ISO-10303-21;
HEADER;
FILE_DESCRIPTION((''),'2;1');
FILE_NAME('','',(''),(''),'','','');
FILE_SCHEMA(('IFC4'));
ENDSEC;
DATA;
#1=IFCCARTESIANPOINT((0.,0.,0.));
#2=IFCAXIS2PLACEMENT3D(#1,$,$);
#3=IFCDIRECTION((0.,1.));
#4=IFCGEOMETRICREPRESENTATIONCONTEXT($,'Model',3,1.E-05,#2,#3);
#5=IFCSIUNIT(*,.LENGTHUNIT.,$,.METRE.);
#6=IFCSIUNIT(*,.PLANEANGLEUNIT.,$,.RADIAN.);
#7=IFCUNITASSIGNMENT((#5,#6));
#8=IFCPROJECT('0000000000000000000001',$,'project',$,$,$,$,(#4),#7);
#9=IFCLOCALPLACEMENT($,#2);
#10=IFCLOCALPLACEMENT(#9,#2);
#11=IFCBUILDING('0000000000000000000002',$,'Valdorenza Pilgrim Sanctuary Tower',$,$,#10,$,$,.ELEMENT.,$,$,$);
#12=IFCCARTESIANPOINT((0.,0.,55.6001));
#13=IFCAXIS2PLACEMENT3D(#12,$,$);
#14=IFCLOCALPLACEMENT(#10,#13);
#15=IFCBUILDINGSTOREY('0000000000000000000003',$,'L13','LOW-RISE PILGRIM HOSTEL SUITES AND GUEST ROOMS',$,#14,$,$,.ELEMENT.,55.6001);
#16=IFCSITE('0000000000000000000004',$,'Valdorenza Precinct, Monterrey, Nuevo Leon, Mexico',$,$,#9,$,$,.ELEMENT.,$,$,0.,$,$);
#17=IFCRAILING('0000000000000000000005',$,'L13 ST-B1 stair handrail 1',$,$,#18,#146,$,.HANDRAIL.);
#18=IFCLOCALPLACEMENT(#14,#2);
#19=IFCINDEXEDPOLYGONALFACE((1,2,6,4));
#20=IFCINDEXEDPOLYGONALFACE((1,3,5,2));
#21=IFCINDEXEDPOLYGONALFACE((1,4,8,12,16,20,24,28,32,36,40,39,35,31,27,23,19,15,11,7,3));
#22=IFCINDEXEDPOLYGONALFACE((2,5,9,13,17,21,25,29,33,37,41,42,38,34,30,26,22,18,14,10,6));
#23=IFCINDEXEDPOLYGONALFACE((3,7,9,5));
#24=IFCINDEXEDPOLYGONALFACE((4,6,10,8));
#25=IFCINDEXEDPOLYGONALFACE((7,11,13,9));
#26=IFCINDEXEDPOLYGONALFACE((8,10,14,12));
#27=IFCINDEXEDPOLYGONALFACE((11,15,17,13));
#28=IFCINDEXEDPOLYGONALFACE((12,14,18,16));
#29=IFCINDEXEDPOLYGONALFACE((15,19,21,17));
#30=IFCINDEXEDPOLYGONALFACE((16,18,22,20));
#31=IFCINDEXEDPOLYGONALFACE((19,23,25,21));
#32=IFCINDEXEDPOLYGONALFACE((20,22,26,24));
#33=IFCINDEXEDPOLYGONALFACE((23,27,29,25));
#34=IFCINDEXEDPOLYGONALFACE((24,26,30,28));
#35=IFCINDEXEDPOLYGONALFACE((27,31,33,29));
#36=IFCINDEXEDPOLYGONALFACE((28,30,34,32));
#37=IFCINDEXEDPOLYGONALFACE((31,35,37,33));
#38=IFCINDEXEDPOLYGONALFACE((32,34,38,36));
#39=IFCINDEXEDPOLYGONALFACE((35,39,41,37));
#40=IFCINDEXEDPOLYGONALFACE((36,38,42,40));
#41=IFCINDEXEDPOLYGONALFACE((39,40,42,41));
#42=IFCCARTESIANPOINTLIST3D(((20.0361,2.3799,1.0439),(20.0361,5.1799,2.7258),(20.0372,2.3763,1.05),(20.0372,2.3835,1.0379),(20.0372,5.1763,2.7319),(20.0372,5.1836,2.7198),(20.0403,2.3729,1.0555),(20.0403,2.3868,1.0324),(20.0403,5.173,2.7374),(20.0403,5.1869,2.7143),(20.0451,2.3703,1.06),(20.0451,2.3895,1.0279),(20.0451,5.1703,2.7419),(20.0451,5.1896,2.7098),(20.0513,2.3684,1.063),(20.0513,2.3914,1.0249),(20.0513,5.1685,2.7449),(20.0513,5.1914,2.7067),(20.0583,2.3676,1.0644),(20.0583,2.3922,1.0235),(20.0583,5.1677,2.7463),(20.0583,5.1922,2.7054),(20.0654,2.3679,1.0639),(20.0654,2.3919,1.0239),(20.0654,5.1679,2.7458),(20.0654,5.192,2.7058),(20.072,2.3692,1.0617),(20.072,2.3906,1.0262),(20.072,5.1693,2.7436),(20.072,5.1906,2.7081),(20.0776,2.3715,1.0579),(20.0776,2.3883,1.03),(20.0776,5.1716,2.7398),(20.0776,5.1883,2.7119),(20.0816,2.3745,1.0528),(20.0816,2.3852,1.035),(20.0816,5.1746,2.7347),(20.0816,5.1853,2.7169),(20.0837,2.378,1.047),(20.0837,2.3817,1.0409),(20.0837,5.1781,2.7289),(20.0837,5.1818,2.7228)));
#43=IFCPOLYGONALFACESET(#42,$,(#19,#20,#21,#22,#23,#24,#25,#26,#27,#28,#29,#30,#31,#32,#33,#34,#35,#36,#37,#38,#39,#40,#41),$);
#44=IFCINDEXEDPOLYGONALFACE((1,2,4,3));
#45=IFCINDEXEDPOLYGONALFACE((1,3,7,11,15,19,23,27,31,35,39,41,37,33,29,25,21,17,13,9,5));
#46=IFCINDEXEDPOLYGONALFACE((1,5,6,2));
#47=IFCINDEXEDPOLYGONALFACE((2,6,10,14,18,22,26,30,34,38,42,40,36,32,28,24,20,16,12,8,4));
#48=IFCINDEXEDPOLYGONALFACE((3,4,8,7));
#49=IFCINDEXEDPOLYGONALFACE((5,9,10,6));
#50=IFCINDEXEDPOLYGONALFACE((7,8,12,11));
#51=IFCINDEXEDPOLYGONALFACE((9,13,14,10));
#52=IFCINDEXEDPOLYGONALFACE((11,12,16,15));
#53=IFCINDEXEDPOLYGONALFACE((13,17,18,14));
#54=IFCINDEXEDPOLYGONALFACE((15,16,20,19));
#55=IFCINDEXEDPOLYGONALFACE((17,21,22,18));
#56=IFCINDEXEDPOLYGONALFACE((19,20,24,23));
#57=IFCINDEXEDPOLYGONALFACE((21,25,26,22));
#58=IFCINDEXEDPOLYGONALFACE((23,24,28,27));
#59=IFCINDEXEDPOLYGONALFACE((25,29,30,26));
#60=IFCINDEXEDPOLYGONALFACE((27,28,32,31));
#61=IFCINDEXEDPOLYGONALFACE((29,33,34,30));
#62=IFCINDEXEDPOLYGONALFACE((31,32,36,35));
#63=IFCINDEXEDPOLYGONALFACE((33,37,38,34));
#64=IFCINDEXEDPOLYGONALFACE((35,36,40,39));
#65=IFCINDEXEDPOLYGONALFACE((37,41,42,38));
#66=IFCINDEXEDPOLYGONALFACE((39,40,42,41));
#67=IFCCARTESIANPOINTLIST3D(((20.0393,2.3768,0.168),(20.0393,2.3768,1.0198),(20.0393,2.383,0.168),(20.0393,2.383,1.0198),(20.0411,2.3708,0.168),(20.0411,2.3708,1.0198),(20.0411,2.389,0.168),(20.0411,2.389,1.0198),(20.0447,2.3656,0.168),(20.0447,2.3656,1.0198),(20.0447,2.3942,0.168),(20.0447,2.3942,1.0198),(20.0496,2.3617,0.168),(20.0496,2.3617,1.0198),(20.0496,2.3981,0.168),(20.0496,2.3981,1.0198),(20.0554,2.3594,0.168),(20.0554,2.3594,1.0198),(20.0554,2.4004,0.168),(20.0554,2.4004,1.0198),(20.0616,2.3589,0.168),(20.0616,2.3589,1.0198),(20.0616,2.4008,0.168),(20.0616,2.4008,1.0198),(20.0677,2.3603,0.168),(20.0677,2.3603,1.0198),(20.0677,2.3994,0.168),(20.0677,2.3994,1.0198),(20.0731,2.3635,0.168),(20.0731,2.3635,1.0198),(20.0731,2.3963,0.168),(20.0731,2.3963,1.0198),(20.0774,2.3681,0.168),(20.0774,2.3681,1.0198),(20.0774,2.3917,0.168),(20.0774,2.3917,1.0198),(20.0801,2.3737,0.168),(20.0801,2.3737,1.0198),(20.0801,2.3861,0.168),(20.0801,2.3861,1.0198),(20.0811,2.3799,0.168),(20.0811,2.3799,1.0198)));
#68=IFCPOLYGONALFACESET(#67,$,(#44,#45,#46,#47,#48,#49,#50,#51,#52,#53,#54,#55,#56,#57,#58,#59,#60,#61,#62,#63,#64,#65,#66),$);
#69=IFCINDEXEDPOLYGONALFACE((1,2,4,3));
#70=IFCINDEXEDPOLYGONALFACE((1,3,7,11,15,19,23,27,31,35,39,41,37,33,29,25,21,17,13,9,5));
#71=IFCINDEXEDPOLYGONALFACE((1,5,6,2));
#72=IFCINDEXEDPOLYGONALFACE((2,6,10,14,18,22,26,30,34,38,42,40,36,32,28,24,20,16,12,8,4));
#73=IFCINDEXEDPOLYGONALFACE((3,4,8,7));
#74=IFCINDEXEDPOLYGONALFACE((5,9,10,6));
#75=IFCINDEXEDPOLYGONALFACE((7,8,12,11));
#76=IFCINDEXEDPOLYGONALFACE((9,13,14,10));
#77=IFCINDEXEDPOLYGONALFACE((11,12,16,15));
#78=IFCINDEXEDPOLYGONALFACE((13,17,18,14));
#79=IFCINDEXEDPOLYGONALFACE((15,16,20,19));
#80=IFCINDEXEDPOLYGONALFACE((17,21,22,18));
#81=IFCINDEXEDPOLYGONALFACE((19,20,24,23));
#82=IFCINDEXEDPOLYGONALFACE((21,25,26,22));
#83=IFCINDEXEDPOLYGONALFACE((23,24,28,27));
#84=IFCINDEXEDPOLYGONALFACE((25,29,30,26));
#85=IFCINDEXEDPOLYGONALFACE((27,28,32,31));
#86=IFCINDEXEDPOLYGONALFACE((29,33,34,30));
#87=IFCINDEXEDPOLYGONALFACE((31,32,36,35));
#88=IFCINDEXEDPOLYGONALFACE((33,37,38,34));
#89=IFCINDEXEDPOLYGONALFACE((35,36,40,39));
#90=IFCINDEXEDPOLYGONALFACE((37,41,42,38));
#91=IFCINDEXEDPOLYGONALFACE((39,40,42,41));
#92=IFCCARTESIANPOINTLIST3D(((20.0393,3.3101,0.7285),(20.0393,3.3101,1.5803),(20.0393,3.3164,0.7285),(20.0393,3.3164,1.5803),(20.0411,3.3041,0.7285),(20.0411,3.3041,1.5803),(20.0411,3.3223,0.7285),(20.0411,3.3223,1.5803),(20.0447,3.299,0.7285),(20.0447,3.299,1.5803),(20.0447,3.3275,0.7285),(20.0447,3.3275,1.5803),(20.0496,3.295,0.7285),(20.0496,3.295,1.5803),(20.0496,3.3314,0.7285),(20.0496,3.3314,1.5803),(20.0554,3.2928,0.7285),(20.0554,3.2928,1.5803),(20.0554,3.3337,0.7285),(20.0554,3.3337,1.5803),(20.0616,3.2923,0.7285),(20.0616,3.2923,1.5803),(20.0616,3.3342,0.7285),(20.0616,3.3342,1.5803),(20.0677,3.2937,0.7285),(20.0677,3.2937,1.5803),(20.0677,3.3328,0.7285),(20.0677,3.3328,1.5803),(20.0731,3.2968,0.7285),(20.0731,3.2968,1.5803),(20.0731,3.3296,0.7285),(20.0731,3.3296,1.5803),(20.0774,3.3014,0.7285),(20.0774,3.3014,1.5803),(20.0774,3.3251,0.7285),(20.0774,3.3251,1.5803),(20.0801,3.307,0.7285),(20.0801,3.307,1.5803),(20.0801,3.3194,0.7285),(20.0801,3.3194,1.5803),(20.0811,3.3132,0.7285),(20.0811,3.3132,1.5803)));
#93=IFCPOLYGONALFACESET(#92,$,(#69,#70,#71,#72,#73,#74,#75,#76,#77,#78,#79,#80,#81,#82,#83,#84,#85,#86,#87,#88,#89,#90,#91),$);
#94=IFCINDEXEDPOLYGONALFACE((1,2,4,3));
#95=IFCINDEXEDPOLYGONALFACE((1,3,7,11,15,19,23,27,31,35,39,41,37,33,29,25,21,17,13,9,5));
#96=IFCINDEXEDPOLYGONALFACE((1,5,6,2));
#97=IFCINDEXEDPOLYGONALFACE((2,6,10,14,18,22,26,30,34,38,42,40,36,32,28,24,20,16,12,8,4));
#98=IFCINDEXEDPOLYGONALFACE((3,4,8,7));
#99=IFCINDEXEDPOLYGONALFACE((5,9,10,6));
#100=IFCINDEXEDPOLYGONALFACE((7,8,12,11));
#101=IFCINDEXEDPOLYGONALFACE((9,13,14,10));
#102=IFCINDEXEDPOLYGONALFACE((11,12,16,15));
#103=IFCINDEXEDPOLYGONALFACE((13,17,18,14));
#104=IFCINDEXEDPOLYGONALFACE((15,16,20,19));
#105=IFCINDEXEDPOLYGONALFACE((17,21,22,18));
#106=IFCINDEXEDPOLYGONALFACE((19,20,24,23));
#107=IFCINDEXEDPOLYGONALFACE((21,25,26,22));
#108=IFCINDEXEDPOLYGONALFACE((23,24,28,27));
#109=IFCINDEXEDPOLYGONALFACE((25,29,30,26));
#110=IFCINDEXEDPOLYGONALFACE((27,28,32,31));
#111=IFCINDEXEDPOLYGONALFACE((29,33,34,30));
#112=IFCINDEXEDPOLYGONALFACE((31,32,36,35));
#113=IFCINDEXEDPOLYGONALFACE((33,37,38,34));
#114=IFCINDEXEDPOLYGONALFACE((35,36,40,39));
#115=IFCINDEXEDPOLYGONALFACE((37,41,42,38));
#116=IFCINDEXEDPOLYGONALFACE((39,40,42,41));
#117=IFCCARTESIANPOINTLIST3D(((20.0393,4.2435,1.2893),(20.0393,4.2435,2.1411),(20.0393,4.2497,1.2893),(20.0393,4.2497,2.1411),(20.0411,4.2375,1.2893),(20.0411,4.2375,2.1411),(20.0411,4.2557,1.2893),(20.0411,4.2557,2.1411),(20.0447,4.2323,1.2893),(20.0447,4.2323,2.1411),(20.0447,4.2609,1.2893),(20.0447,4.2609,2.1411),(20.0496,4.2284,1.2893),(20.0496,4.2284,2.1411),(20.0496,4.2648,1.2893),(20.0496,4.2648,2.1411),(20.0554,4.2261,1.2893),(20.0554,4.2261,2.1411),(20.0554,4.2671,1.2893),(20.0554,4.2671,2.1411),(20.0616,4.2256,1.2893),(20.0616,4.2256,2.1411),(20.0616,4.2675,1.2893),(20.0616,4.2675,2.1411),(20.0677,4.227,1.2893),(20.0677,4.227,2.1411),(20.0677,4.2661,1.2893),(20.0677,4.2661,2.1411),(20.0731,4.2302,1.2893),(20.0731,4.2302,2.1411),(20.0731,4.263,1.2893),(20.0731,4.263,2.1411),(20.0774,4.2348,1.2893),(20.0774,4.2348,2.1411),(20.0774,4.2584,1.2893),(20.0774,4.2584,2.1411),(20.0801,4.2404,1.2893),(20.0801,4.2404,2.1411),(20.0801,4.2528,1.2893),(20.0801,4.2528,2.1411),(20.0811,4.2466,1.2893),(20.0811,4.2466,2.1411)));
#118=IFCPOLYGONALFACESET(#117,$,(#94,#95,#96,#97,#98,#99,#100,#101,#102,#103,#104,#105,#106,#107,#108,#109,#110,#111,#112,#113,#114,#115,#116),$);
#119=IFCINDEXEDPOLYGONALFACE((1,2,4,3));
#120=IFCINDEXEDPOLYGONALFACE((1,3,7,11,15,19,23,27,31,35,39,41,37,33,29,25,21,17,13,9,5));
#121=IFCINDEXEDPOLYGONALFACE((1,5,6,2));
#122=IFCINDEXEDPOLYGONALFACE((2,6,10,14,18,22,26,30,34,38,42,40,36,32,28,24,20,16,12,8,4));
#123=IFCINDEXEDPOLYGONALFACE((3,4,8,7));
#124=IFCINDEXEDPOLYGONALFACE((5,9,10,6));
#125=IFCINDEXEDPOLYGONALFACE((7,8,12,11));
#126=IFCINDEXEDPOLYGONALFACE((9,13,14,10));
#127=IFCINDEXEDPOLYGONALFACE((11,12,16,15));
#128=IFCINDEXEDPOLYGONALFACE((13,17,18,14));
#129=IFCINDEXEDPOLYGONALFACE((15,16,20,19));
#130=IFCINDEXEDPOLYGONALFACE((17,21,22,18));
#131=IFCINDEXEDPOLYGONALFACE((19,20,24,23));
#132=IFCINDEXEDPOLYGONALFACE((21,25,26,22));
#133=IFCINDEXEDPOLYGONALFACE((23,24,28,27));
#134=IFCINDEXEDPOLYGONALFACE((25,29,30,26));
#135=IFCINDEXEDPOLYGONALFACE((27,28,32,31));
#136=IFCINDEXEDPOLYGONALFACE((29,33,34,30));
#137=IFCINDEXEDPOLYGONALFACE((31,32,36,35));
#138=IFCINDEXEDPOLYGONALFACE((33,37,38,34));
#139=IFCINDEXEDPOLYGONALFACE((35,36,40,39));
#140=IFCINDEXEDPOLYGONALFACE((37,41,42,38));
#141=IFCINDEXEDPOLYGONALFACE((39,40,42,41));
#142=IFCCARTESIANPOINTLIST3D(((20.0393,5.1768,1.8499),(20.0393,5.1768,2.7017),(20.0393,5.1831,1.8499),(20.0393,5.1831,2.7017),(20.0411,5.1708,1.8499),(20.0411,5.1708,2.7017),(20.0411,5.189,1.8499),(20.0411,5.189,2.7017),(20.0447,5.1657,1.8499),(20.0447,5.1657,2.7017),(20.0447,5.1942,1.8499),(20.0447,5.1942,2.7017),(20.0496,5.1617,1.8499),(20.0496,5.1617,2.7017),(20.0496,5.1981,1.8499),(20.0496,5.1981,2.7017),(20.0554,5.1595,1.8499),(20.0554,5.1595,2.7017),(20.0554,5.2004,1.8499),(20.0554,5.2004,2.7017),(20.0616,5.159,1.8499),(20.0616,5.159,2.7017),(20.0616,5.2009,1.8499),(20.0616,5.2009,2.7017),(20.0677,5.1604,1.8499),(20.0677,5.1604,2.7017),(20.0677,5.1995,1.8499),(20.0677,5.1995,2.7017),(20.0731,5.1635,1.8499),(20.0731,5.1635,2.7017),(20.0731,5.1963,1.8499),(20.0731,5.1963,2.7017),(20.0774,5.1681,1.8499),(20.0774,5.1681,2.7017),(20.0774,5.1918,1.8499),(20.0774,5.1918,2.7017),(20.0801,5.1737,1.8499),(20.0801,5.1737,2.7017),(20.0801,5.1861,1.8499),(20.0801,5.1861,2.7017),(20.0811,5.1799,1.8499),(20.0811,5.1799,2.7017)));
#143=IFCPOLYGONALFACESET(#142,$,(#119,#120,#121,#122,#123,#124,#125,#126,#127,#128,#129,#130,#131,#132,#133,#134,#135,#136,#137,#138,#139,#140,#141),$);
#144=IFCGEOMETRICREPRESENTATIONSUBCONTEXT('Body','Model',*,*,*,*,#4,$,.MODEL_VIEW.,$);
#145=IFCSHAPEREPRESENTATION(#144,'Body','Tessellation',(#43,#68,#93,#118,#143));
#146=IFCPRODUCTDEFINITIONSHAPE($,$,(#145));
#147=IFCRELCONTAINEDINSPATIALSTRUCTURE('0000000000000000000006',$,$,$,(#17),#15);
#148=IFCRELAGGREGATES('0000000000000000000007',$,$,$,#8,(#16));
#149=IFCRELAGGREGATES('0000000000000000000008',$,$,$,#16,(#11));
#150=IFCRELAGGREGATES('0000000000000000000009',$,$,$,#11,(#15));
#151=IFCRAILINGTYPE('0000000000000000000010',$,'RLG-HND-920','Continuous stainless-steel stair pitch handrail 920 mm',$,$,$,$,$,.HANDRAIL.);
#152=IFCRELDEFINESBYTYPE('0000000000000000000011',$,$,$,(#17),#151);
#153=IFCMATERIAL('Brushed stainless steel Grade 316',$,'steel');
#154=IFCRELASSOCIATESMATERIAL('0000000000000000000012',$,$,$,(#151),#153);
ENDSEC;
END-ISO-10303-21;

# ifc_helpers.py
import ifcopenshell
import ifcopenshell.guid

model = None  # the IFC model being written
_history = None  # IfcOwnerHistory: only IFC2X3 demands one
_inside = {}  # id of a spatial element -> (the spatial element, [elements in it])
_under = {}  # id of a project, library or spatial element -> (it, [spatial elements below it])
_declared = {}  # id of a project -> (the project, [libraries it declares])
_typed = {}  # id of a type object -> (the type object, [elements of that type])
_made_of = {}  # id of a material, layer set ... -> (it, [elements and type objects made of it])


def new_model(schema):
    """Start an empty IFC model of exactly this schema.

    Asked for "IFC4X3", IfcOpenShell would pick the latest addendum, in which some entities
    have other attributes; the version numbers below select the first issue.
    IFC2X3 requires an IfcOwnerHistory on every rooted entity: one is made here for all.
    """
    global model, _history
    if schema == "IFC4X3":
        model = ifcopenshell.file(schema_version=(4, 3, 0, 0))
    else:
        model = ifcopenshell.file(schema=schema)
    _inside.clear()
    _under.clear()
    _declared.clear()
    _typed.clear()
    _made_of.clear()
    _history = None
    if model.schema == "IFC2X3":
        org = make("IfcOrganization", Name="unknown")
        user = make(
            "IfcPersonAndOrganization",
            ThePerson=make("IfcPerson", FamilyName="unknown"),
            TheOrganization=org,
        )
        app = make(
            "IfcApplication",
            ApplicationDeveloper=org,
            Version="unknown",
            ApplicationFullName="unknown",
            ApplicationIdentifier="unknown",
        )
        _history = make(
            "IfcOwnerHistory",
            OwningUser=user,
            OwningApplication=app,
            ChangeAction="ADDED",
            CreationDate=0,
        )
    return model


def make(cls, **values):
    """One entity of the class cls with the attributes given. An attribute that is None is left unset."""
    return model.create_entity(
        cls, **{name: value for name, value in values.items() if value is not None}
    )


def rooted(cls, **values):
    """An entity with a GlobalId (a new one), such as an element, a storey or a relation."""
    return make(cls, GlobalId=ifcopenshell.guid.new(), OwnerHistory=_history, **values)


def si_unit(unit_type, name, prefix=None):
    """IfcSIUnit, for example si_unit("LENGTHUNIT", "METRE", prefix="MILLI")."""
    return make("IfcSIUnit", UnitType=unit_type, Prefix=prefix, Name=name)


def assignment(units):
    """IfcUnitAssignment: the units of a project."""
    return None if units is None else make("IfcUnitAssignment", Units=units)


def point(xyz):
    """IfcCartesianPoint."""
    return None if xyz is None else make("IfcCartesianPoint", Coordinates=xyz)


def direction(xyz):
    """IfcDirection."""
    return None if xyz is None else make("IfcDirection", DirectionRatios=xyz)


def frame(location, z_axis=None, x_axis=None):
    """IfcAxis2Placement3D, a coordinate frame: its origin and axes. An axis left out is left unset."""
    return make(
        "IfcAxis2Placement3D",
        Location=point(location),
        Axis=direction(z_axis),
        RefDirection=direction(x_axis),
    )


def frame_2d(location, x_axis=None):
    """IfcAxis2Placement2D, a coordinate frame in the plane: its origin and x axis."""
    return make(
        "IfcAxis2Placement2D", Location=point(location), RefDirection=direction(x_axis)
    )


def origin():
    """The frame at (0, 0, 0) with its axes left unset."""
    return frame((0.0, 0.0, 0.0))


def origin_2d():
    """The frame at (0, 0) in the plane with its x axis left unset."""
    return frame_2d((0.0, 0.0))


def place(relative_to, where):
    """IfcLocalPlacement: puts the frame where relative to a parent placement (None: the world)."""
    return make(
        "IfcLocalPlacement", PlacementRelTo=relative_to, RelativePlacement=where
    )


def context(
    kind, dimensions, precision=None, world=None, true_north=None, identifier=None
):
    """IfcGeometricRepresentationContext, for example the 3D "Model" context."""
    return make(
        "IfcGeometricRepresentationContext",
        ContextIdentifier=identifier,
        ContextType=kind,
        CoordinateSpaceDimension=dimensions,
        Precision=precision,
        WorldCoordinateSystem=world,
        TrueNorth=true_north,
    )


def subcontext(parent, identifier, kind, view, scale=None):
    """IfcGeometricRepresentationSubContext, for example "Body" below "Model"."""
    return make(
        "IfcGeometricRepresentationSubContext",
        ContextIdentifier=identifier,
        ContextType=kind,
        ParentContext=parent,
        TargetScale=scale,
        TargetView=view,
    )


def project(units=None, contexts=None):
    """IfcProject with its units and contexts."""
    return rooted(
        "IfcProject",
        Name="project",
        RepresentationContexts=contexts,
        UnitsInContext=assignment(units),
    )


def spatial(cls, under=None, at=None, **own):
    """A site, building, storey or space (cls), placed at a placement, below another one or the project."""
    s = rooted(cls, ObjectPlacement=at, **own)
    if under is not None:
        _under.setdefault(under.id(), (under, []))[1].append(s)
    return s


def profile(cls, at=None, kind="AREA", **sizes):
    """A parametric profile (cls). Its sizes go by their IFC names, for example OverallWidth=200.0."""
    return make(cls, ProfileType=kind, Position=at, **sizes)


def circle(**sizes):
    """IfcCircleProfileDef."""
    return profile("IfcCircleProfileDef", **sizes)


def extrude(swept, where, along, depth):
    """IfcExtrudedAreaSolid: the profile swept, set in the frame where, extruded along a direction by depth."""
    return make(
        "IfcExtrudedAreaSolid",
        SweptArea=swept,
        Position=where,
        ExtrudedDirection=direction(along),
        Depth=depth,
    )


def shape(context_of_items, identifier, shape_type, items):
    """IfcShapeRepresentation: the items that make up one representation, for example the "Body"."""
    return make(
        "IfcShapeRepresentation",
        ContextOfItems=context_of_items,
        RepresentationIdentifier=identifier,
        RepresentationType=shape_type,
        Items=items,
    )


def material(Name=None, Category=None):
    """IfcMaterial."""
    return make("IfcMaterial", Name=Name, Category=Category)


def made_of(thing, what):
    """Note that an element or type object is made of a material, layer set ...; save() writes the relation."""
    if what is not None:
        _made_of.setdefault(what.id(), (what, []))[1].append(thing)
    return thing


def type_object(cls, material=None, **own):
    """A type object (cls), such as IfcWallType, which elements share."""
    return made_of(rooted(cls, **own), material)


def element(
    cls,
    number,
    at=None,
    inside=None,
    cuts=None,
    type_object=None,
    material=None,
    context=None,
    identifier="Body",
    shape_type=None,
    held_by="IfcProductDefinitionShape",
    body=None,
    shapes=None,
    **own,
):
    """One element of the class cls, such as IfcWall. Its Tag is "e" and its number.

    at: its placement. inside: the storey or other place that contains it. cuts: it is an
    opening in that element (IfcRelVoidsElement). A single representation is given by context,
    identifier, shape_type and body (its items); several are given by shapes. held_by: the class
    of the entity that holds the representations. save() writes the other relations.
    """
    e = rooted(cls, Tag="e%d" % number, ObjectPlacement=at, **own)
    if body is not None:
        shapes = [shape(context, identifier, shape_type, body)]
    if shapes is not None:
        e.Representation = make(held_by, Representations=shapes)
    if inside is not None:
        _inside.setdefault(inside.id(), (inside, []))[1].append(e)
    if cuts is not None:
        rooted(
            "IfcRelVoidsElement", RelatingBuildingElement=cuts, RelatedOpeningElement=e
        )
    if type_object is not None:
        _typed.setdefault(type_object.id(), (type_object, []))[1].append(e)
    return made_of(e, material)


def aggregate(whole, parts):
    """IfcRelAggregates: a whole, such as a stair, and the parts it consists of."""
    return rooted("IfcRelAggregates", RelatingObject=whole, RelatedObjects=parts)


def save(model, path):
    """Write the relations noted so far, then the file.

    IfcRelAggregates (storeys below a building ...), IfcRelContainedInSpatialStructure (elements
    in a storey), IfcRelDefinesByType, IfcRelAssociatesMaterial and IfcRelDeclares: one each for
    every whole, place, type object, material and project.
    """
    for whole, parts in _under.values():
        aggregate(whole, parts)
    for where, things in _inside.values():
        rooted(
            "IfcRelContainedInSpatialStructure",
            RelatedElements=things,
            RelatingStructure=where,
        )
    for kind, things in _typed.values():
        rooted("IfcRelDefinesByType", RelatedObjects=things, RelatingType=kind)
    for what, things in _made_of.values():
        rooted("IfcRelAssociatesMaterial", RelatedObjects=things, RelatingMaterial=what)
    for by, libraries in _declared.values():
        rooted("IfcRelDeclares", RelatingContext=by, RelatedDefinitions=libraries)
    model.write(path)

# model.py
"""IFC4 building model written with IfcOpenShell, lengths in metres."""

from ifc_helpers import new_model, si_unit, direction, frame, origin, origin_2d, place, context, subcontext, project, spatial, circle, extrude, material, type_object, element, save


model = new_model("IFC4")

# Units and contexts
model_context = context("Model", 3, precision=1e-05, world=origin(), true_north=direction((0.0, 1.0)))
body_context = subcontext(model_context, "Body", "Model", "MODEL_VIEW")
ifc_project = project(units=[si_unit("LENGTHUNIT", "METRE"), si_unit("PLANEANGLEUNIT", "RADIAN")], contexts=[model_context])

# Site, building, storey
site_placement = place(None, origin())
site = spatial("IfcSite", under=ifc_project, at=site_placement, Name="Valdorenza Precinct, Monterrey, Nuevo Leon, Mexico", CompositionType="ELEMENT", RefElevation=0.0)
building_placement = place(site_placement, origin())
building = spatial("IfcBuilding", under=site, at=building_placement, Name="Valdorenza Pilgrim Sanctuary Tower", CompositionType="ELEMENT")
storey_placement = place(building_placement, frame((0.0, 0.0, 55.6001)))
storey = spatial("IfcBuildingStorey", under=building, at=storey_placement, Name="L13", Description="LOW-RISE PILGRIM HOSTEL SUITES AND GUEST ROOMS", CompositionType="ELEMENT", Elevation=55.6001)

# Railing
ifc_material_1 = material(Name="Brushed stainless steel Grade 316", Category="steel")
railing_type_1 = type_object("IfcRailingType", Name="RLG-HND-920", Description="Continuous stainless-steel stair pitch handrail 920 mm", PredefinedType="HANDRAIL", material=ifc_material_1)
railing_1_placement = place(storey_placement, frame((20.0601, 2.3799, 0.168)))
element("IfcRailing", 1, at=railing_1_placement, inside=storey, type_object=railing_type_1, Name="L13 ST-B1 stair handrail 1", PredefinedType="HANDRAIL", context=body_context, shape_type="SweptSolid", body=[
    extrude(circle(Radius=0.0239, at=origin_2d()), frame((0.0, 0.0, 0.876), z_axis=(0.0, 0.857242, 0.514913), x_axis=(-1.0, 0.0, 0.0)), (0.0, 0.0, 1.0), 3.2664),
    extrude(circle(Radius=0.021, at=origin_2d()), origin(), (0.0, 0.0, 1.0), 0.8518),
    extrude(circle(Radius=0.021, at=origin_2d()), frame((0.0, 0.9333, 0.5605)), (0.0, 0.0, 1.0), 0.8518),
    extrude(circle(Radius=0.021, at=origin_2d()), frame((0.0, 1.8667, 1.1213)), (0.0, 0.0, 1.0), 0.8518),
    extrude(circle(Radius=0.021, at=origin_2d()), frame((0.0, 2.8, 1.6819)), (0.0, 0.0, 1.0), 0.8518),
])

save(model, "model.ifc")
